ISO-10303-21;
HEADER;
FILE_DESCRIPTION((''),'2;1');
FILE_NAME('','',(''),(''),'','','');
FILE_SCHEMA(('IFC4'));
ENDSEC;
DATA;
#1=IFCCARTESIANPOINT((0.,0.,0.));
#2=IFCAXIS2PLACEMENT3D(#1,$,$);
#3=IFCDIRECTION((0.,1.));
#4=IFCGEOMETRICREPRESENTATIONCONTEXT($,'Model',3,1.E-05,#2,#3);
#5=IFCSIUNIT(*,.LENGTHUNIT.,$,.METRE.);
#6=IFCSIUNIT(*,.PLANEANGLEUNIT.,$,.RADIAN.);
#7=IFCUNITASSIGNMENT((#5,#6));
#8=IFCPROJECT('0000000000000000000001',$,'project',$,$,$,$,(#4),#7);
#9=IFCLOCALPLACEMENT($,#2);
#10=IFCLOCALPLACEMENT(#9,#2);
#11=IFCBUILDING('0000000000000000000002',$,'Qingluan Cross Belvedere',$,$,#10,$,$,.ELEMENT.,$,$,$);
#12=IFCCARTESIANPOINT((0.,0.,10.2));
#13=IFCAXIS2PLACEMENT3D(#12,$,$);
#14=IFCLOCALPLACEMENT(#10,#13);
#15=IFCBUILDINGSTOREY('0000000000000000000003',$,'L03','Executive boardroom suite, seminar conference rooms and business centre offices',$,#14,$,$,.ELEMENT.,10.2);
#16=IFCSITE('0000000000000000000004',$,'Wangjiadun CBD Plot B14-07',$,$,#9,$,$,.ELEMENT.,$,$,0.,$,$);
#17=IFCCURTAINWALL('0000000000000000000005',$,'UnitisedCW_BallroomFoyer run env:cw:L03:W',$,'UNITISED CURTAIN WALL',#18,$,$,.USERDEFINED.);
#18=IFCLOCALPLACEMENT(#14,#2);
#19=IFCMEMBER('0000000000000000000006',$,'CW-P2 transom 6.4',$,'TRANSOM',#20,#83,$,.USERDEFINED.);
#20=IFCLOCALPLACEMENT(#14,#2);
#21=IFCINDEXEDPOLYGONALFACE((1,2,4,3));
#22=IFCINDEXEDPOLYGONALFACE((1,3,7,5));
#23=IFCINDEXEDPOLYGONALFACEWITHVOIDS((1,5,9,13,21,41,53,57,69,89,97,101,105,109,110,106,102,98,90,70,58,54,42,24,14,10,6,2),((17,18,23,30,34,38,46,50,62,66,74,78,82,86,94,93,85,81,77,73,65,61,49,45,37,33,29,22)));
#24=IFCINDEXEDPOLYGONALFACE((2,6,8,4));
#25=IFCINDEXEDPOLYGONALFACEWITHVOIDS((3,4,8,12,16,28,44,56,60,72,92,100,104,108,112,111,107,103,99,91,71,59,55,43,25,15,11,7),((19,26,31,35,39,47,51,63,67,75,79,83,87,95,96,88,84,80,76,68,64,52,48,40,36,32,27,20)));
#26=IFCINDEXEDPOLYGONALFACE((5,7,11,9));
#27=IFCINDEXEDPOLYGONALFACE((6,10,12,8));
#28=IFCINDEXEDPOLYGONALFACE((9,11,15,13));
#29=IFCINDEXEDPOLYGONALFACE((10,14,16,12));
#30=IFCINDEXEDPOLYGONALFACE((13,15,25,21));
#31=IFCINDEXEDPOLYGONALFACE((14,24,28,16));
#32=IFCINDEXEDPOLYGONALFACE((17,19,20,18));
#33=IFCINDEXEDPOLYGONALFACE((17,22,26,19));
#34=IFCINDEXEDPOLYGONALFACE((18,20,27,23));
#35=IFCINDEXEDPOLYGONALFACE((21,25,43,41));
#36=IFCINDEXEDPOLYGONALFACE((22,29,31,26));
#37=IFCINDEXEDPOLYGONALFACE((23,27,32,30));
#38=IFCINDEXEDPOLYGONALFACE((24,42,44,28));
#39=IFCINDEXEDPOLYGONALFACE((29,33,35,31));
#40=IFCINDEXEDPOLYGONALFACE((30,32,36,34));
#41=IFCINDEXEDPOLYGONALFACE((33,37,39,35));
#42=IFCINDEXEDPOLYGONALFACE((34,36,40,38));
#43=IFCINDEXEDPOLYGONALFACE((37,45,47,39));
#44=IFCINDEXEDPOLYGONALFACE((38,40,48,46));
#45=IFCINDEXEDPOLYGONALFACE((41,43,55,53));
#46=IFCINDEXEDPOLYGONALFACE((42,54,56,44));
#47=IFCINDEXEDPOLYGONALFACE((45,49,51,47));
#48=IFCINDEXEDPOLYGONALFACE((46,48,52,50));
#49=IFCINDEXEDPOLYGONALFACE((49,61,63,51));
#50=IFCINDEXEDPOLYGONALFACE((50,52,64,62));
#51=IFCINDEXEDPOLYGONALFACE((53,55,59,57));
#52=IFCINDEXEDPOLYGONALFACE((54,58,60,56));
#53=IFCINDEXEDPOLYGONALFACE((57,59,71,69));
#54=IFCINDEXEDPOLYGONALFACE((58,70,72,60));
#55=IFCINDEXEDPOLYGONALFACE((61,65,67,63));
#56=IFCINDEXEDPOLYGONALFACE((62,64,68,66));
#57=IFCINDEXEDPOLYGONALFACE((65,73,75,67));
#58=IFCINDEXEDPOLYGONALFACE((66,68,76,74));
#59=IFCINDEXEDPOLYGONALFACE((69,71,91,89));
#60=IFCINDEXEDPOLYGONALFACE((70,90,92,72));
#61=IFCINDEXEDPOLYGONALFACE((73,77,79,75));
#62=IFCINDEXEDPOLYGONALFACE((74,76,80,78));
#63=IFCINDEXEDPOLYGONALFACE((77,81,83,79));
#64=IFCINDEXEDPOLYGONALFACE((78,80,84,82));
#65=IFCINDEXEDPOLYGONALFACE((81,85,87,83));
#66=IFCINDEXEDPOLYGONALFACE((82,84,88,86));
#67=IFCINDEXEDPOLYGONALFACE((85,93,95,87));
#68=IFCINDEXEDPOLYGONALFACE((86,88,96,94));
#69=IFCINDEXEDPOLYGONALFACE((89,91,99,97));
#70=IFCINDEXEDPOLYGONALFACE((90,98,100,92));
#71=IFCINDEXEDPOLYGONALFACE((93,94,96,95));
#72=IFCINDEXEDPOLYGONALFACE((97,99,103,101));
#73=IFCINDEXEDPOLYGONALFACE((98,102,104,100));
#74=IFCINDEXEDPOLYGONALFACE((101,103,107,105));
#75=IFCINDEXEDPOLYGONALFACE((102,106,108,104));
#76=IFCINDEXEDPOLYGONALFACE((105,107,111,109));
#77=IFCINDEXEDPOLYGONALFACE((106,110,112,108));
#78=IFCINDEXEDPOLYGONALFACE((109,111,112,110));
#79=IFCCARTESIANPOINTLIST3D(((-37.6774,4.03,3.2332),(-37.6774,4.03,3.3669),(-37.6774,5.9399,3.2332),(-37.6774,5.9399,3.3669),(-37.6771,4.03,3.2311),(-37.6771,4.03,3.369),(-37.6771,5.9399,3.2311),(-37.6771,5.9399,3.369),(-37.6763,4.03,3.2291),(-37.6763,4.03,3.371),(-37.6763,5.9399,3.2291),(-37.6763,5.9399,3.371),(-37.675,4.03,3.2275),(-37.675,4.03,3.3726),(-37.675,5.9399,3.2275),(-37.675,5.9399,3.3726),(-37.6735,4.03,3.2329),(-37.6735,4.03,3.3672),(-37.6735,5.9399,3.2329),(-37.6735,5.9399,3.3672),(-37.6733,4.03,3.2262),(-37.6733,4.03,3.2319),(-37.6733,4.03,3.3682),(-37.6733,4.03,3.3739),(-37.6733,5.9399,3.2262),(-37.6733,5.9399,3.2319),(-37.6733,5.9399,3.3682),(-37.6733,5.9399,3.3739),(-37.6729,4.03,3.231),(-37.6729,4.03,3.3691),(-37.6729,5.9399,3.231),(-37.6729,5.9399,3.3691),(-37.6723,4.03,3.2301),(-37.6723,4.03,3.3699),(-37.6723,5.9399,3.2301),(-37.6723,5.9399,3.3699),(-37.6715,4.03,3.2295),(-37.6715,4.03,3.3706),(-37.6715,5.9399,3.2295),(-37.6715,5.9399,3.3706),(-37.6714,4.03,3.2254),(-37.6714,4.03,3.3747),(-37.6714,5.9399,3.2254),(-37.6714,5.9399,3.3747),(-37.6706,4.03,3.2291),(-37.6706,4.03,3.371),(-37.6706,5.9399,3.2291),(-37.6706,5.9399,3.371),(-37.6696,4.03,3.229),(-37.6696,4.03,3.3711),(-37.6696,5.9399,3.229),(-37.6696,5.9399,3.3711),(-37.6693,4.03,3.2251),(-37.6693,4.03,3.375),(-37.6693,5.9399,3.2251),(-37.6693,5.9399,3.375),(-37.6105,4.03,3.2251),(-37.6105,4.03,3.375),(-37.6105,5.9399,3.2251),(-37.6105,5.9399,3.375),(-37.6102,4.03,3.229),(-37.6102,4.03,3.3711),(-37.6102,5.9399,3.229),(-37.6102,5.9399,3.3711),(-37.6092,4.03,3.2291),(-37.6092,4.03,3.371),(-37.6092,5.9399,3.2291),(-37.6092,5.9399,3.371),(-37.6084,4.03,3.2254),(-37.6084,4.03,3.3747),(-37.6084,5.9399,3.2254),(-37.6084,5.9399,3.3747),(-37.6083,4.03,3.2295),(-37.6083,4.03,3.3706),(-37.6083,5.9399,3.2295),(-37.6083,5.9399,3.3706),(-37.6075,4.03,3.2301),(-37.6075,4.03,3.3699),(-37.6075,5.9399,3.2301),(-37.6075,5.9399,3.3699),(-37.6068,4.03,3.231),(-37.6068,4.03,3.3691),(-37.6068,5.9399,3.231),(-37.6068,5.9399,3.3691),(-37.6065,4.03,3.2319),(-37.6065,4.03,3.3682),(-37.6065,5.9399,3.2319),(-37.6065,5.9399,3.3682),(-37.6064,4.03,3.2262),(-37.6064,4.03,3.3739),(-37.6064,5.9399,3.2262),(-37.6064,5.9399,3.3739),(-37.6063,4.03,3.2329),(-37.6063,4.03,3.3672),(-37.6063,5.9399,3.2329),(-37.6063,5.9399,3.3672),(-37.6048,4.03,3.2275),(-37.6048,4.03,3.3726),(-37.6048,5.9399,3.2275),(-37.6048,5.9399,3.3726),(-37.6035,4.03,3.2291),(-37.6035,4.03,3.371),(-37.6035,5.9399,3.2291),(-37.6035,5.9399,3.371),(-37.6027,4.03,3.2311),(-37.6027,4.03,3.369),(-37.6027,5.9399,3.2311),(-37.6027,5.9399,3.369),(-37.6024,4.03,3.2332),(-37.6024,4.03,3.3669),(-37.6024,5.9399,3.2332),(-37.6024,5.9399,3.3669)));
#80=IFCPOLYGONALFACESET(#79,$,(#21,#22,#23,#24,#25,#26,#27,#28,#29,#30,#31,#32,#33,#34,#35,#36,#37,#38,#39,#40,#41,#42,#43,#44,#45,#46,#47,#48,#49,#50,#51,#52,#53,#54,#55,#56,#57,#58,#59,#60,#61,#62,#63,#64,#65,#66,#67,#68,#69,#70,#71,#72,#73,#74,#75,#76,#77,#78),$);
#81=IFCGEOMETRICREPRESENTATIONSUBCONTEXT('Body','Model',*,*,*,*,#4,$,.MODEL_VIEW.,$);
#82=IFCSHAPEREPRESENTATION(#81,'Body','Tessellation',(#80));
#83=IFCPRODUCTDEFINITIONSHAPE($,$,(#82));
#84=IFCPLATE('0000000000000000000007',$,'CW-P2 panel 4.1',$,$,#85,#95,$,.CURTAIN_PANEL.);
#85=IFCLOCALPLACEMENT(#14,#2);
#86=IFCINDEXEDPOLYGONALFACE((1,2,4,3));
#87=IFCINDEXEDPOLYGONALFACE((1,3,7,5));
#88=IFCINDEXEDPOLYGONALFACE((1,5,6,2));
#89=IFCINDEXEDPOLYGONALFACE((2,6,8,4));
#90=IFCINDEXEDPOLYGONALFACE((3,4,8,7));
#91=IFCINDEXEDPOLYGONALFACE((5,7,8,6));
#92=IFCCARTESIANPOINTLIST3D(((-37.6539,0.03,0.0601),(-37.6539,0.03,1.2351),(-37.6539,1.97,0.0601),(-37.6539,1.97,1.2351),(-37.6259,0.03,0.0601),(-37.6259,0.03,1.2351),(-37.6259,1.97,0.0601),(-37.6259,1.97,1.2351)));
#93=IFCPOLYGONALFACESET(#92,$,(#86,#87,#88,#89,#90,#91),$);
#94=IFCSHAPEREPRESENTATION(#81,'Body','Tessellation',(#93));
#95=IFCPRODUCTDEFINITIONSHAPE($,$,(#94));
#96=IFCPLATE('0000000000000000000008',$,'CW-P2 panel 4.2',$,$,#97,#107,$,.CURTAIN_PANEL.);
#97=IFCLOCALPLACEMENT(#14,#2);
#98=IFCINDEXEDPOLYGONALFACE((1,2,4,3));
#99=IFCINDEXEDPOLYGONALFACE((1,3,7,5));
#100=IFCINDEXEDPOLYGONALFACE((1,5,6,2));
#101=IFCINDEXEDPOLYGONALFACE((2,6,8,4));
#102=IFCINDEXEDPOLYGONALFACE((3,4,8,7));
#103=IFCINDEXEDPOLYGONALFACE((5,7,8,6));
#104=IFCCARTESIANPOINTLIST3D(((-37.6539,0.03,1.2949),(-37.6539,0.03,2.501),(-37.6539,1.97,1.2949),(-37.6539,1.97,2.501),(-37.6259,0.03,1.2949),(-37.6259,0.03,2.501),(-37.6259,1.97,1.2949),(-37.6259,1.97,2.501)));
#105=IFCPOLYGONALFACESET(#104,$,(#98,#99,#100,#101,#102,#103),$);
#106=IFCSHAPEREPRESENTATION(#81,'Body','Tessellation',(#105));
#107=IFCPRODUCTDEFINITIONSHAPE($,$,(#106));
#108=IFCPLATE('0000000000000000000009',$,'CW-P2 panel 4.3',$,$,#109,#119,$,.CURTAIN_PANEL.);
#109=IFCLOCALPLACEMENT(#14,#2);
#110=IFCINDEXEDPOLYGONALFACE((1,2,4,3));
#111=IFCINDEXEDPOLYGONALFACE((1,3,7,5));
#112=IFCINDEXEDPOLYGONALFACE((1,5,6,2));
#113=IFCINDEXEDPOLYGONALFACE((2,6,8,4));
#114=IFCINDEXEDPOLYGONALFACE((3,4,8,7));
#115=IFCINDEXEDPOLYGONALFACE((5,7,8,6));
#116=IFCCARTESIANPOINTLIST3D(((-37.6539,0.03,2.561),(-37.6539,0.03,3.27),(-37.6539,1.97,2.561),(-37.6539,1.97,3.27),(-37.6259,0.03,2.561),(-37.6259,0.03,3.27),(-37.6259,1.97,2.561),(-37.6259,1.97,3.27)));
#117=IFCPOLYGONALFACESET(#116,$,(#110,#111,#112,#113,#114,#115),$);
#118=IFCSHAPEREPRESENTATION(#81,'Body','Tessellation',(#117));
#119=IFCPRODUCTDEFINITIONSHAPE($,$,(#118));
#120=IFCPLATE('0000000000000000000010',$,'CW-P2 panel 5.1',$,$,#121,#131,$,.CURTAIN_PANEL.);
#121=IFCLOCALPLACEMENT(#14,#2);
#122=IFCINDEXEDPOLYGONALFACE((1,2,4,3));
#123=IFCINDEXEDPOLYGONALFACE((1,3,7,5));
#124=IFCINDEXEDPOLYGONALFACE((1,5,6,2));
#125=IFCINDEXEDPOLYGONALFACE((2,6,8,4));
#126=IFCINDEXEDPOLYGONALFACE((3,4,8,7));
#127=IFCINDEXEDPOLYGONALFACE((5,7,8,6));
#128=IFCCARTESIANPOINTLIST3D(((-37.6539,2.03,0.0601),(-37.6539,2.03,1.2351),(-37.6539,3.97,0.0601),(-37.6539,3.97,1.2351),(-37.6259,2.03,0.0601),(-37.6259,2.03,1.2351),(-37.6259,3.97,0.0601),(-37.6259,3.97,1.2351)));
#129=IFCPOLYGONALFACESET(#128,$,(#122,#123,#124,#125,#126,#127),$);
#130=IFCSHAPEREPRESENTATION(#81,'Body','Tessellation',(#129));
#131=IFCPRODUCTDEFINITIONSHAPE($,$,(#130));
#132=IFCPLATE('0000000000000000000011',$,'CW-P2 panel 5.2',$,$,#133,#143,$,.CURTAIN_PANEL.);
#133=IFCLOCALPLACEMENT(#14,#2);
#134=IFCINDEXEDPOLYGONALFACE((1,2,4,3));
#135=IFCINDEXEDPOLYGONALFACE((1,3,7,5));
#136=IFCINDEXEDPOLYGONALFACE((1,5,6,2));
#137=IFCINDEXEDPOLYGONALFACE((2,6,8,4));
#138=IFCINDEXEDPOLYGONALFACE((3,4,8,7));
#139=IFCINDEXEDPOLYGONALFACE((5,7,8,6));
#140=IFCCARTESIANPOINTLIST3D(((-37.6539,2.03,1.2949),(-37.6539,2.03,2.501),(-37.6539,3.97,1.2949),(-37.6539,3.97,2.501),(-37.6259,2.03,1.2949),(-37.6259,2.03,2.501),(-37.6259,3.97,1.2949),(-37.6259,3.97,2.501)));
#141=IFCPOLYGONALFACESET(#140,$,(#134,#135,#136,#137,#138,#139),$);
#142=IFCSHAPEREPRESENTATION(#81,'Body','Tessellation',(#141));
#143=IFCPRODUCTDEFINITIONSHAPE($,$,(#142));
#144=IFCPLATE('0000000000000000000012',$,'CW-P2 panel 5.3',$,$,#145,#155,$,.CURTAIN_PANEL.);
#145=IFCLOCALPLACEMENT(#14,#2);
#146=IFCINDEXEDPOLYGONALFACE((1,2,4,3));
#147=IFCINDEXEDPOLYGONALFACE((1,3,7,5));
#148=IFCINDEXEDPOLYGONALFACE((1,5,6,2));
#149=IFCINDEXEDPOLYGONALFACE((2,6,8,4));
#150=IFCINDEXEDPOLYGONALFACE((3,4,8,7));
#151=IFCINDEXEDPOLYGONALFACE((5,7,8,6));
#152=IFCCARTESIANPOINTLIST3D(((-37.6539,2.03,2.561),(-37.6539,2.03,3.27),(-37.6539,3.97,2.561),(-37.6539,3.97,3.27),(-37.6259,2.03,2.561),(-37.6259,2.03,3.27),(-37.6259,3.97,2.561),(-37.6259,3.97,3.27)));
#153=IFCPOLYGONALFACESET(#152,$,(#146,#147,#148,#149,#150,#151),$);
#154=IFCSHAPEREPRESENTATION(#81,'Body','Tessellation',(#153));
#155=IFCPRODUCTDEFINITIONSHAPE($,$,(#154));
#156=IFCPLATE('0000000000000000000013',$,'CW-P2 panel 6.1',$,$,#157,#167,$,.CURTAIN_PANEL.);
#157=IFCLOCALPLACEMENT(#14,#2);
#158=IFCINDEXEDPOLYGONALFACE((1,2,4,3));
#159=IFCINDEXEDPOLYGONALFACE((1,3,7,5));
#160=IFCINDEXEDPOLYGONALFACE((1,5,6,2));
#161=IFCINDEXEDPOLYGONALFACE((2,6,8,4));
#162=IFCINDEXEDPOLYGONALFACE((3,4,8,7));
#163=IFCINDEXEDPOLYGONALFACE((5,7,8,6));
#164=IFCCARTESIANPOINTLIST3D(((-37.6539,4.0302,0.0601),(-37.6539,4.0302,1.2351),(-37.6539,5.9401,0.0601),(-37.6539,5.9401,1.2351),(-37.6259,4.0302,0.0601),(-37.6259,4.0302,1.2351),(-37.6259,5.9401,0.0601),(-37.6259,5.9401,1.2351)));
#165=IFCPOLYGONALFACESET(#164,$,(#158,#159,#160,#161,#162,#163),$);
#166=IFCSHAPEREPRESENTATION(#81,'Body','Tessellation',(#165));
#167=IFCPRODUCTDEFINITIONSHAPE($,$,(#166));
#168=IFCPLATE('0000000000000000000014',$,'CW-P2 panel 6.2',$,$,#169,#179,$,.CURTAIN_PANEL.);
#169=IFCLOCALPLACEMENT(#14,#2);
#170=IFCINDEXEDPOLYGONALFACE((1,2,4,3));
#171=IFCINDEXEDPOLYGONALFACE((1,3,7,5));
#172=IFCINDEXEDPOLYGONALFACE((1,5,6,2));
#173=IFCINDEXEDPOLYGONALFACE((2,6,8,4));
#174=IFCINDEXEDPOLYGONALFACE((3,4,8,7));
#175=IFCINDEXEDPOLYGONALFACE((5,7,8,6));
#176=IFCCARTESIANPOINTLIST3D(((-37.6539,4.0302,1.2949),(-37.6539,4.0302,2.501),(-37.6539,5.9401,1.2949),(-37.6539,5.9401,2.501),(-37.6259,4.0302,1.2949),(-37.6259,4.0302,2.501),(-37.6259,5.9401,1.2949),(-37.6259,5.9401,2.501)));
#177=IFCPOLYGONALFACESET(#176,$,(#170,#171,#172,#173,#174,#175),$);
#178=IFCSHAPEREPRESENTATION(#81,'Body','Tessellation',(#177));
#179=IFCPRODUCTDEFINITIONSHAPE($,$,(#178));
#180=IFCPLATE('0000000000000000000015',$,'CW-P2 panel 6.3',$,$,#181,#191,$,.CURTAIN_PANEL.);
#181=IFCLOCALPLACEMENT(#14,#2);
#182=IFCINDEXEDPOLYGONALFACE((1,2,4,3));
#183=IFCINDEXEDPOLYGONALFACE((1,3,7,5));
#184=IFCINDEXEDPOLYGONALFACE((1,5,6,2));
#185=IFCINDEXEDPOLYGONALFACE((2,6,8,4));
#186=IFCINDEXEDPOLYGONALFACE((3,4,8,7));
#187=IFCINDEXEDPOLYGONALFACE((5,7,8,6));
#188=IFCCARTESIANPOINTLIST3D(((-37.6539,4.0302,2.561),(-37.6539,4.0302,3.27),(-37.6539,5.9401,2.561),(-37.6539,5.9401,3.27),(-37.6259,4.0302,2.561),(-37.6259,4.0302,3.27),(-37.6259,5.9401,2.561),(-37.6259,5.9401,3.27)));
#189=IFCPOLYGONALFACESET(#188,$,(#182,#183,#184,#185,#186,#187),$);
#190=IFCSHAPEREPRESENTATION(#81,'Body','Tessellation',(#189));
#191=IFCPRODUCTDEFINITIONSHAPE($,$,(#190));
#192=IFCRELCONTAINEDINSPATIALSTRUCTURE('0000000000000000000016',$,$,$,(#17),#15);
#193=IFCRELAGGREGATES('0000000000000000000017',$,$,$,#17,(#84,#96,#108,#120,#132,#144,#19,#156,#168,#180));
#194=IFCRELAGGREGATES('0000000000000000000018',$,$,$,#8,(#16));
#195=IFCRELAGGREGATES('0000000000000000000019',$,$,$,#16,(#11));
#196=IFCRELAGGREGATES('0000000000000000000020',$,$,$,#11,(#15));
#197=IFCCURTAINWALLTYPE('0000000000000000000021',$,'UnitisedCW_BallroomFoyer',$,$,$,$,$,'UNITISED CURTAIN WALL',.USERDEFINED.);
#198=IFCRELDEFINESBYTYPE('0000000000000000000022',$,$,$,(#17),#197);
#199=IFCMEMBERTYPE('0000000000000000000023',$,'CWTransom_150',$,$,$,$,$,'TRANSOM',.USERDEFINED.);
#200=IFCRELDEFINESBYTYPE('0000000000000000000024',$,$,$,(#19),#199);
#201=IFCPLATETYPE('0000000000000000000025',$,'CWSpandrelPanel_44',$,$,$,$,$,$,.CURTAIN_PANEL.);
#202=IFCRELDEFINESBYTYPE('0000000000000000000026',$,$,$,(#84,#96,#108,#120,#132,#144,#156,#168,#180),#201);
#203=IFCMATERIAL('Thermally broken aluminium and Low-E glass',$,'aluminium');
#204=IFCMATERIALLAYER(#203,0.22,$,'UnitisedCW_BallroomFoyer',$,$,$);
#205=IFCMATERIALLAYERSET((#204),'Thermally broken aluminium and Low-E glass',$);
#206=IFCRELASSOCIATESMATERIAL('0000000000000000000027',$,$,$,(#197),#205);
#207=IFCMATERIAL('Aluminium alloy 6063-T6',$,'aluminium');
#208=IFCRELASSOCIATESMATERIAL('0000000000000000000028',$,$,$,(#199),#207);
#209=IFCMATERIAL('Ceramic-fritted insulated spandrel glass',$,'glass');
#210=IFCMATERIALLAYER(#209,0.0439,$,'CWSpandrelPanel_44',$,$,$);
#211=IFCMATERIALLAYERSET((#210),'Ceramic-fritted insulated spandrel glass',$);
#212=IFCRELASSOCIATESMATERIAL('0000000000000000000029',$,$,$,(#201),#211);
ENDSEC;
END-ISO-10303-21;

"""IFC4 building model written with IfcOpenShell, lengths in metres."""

from ifc_helpers import new_model, si_unit, direction, frame, origin, origin_2d, place, context, subcontext, project, spatial, rectangle, hollow_rectangle, extrude, material, layer, layer_set, material_profile, profile_set, type_object, element, aggregate, save


model = new_model("IFC4")

# Units and contexts
model_context = context("Model", 3, precision=1e-05, world=origin(), true_north=direction((0.0, 1.0)))
body_context = subcontext(model_context, "Body", "Model", "MODEL_VIEW")
ifc_project = project(units=[si_unit("LENGTHUNIT", "METRE"), si_unit("PLANEANGLEUNIT", "RADIAN")], contexts=[model_context])

# Site, building, storey
site_placement = place(None, origin())
site = spatial("IfcSite", under=ifc_project, at=site_placement, Name="Wangjiadun CBD Plot B14-07", CompositionType="ELEMENT", RefElevation=0.0)
building_placement = place(site_placement, origin())
building = spatial("IfcBuilding", under=site, at=building_placement, Name="Qingluan Cross Belvedere", CompositionType="ELEMENT")
storey_placement = place(building_placement, frame((0.0, 0.0, 10.2)))
storey = spatial("IfcBuildingStorey", under=building, at=storey_placement, Name="L03", Description="Executive boardroom suite, seminar conference rooms and business centre offices", CompositionType="ELEMENT", Elevation=10.2)

# Curtain wall, member, plates
ifc_material_1 = material(Name="Thermally broken aluminium and Low-E glass", Category="aluminium")
ifc_layer_1 = layer(ifc_material_1, 0.22, Name="UnitisedCW_BallroomFoyer")
ifc_layer_set_1 = layer_set([ifc_layer_1], Name="Thermally broken aluminium and Low-E glass")
curtain_wall_type = type_object("IfcCurtainWallType", Name="UnitisedCW_BallroomFoyer", ElementType="UNITISED CURTAIN WALL", PredefinedType="USERDEFINED", material=ifc_layer_set_1)
curtain_wall_placement = place(storey_placement, origin())
curtain_wall = element("IfcCurtainWall", 1, at=curtain_wall_placement, inside=storey, type_object=curtain_wall_type, Name="UnitisedCW_BallroomFoyer run env:cw:L03:W", ObjectType="UNITISED CURTAIN WALL", PredefinedType="USERDEFINED")
ifc_material_2 = material(Name="Aluminium alloy 6063-T6", Category="aluminium")
ifc_material_profile_1 = material_profile(ifc_material_2, hollow_rectangle(XDim=0.075, YDim=0.1499, WallThickness=0.0039, InnerFilletRadius=0.0039, OuterFilletRadius=0.0081, at=origin_2d()), Name="CWT150x75x4")
ifc_profile_set_1 = profile_set([ifc_material_profile_1], Name="Aluminium alloy 6063-T6")
member_type_1 = type_object("IfcMemberType", Name="CWTransom_150", ElementType="TRANSOM", PredefinedType="USERDEFINED", material=ifc_profile_set_1)
member_1_placement = place(storey_placement, frame((-37.6399, 4.03, 3.3), z_axis=(0.0, 1.0, 0.0), x_axis=(-1.0, 0.0, 0.0)))
member_1 = element("IfcMember", 2, at=member_1_placement, type_object=member_type_1, Name="CW-P2 transom 6.4", ObjectType="TRANSOM", PredefinedType="USERDEFINED", context=body_context, shape_type="SweptSolid", body=[
    extrude(hollow_rectangle(XDim=0.075, YDim=0.1499, WallThickness=0.0039, InnerFilletRadius=0.0039, OuterFilletRadius=0.0081, at=origin_2d()), origin(), (0.0, 0.0, 1.0), 1.9099),
])
ifc_material_3 = material(Name="Ceramic-fritted insulated spandrel glass", Category="glass")
ifc_layer_2 = layer(ifc_material_3, 0.0439, Name="CWSpandrelPanel_44")
ifc_layer_set_2 = layer_set([ifc_layer_2], Name="Ceramic-fritted insulated spandrel glass")
plate_type = type_object("IfcPlateType", Name="CWSpandrelPanel_44", PredefinedType="CURTAIN_PANEL", material=ifc_layer_set_2)
plate_1_placement = place(storey_placement, frame((-37.6399, 1.0, 0.0601), z_axis=(0.0, 0.0, 1.0), x_axis=(0.0, 1.0, 0.0)))
plate_1 = element("IfcPlate", 3, at=plate_1_placement, type_object=plate_type, Name="CW-P2 panel 4.1", PredefinedType="CURTAIN_PANEL", context=body_context, shape_type="SweptSolid", body=[
    extrude(rectangle(XDim=1.9399, YDim=0.0281, at=origin_2d()), origin(), (0.0, 0.0, 1.0), 1.175),
])
plate_2_placement = place(storey_placement, frame((-37.6399, 1.0, 1.2949), z_axis=(0.0, 0.0, 1.0), x_axis=(0.0, 1.0, 0.0)))
plate_2 = element("IfcPlate", 4, at=plate_2_placement, type_object=plate_type, Name="CW-P2 panel 4.2", PredefinedType="CURTAIN_PANEL", context=body_context, shape_type="SweptSolid", body=[
    extrude(rectangle(XDim=1.9399, YDim=0.0281, at=origin_2d()), origin(), (0.0, 0.0, 1.0), 1.2061),
])
plate_3_placement = place(storey_placement, frame((-37.6399, 1.0, 2.561), z_axis=(0.0, 0.0, 1.0), x_axis=(0.0, 1.0, 0.0)))
plate_3 = element("IfcPlate", 5, at=plate_3_placement, type_object=plate_type, Name="CW-P2 panel 4.3", PredefinedType="CURTAIN_PANEL", context=body_context, shape_type="SweptSolid", body=[
    extrude(rectangle(XDim=1.9399, YDim=0.0281, at=origin_2d()), origin(), (0.0, 0.0, 1.0), 0.709),
])
plate_4_placement = place(storey_placement, frame((-37.6399, 3.0, 0.0601), z_axis=(0.0, 0.0, 1.0), x_axis=(0.0, 1.0, 0.0)))
plate_4 = element("IfcPlate", 6, at=plate_4_placement, type_object=plate_type, Name="CW-P2 panel 5.1", PredefinedType="CURTAIN_PANEL", context=body_context, shape_type="SweptSolid", body=[
    extrude(rectangle(XDim=1.9399, YDim=0.0281, at=origin_2d()), origin(), (0.0, 0.0, 1.0), 1.175),
])
plate_5_placement = place(storey_placement, frame((-37.6399, 3.0, 1.2949), z_axis=(0.0, 0.0, 1.0), x_axis=(0.0, 1.0, 0.0)))
plate_5 = element("IfcPlate", 7, at=plate_5_placement, type_object=plate_type, Name="CW-P2 panel 5.2", PredefinedType="CURTAIN_PANEL", context=body_context, shape_type="SweptSolid", body=[
    extrude(rectangle(XDim=1.9399, YDim=0.0281, at=origin_2d()), origin(), (0.0, 0.0, 1.0), 1.2061),
])
plate_6_placement = place(storey_placement, frame((-37.6399, 3.0, 2.561), z_axis=(0.0, 0.0, 1.0), x_axis=(0.0, 1.0, 0.0)))
plate_6 = element("IfcPlate", 8, at=plate_6_placement, type_object=plate_type, Name="CW-P2 panel 5.3", PredefinedType="CURTAIN_PANEL", context=body_context, shape_type="SweptSolid", body=[
    extrude(rectangle(XDim=1.9399, YDim=0.0281, at=origin_2d()), origin(), (0.0, 0.0, 1.0), 0.709),
])
plate_7_placement = place(storey_placement, frame((-37.6399, 4.9851, 0.0601), z_axis=(0.0, 0.0, 1.0), x_axis=(0.0, 1.0, 0.0)))
plate_7 = element("IfcPlate", 9, at=plate_7_placement, type_object=plate_type, Name="CW-P2 panel 6.1", PredefinedType="CURTAIN_PANEL", context=body_context, shape_type="SweptSolid", body=[
    extrude(rectangle(XDim=1.9099, YDim=0.0281, at=origin_2d()), origin(), (0.0, 0.0, 1.0), 1.175),
])
plate_8_placement = place(storey_placement, frame((-37.6399, 4.9851, 1.2949), z_axis=(0.0, 0.0, 1.0), x_axis=(0.0, 1.0, 0.0)))
plate_8 = element("IfcPlate", 10, at=plate_8_placement, type_object=plate_type, Name="CW-P2 panel 6.2", PredefinedType="CURTAIN_PANEL", context=body_context, shape_type="SweptSolid", body=[
    extrude(rectangle(XDim=1.9099, YDim=0.0281, at=origin_2d()), origin(), (0.0, 0.0, 1.0), 1.2061),
])
plate_9_placement = place(storey_placement, frame((-37.6399, 4.9851, 2.561), z_axis=(0.0, 0.0, 1.0), x_axis=(0.0, 1.0, 0.0)))
plate_9 = element("IfcPlate", 11, at=plate_9_placement, type_object=plate_type, Name="CW-P2 panel 6.3", PredefinedType="CURTAIN_PANEL", context=body_context, shape_type="SweptSolid", body=[
    extrude(rectangle(XDim=1.9099, YDim=0.0281, at=origin_2d()), origin(), (0.0, 0.0, 1.0), 0.709),
])
aggregate(curtain_wall, [plate_1, plate_2, plate_3, plate_4, plate_5, plate_6, member_1, plate_7, plate_8, plate_9])

save(model, "model.ifc")
